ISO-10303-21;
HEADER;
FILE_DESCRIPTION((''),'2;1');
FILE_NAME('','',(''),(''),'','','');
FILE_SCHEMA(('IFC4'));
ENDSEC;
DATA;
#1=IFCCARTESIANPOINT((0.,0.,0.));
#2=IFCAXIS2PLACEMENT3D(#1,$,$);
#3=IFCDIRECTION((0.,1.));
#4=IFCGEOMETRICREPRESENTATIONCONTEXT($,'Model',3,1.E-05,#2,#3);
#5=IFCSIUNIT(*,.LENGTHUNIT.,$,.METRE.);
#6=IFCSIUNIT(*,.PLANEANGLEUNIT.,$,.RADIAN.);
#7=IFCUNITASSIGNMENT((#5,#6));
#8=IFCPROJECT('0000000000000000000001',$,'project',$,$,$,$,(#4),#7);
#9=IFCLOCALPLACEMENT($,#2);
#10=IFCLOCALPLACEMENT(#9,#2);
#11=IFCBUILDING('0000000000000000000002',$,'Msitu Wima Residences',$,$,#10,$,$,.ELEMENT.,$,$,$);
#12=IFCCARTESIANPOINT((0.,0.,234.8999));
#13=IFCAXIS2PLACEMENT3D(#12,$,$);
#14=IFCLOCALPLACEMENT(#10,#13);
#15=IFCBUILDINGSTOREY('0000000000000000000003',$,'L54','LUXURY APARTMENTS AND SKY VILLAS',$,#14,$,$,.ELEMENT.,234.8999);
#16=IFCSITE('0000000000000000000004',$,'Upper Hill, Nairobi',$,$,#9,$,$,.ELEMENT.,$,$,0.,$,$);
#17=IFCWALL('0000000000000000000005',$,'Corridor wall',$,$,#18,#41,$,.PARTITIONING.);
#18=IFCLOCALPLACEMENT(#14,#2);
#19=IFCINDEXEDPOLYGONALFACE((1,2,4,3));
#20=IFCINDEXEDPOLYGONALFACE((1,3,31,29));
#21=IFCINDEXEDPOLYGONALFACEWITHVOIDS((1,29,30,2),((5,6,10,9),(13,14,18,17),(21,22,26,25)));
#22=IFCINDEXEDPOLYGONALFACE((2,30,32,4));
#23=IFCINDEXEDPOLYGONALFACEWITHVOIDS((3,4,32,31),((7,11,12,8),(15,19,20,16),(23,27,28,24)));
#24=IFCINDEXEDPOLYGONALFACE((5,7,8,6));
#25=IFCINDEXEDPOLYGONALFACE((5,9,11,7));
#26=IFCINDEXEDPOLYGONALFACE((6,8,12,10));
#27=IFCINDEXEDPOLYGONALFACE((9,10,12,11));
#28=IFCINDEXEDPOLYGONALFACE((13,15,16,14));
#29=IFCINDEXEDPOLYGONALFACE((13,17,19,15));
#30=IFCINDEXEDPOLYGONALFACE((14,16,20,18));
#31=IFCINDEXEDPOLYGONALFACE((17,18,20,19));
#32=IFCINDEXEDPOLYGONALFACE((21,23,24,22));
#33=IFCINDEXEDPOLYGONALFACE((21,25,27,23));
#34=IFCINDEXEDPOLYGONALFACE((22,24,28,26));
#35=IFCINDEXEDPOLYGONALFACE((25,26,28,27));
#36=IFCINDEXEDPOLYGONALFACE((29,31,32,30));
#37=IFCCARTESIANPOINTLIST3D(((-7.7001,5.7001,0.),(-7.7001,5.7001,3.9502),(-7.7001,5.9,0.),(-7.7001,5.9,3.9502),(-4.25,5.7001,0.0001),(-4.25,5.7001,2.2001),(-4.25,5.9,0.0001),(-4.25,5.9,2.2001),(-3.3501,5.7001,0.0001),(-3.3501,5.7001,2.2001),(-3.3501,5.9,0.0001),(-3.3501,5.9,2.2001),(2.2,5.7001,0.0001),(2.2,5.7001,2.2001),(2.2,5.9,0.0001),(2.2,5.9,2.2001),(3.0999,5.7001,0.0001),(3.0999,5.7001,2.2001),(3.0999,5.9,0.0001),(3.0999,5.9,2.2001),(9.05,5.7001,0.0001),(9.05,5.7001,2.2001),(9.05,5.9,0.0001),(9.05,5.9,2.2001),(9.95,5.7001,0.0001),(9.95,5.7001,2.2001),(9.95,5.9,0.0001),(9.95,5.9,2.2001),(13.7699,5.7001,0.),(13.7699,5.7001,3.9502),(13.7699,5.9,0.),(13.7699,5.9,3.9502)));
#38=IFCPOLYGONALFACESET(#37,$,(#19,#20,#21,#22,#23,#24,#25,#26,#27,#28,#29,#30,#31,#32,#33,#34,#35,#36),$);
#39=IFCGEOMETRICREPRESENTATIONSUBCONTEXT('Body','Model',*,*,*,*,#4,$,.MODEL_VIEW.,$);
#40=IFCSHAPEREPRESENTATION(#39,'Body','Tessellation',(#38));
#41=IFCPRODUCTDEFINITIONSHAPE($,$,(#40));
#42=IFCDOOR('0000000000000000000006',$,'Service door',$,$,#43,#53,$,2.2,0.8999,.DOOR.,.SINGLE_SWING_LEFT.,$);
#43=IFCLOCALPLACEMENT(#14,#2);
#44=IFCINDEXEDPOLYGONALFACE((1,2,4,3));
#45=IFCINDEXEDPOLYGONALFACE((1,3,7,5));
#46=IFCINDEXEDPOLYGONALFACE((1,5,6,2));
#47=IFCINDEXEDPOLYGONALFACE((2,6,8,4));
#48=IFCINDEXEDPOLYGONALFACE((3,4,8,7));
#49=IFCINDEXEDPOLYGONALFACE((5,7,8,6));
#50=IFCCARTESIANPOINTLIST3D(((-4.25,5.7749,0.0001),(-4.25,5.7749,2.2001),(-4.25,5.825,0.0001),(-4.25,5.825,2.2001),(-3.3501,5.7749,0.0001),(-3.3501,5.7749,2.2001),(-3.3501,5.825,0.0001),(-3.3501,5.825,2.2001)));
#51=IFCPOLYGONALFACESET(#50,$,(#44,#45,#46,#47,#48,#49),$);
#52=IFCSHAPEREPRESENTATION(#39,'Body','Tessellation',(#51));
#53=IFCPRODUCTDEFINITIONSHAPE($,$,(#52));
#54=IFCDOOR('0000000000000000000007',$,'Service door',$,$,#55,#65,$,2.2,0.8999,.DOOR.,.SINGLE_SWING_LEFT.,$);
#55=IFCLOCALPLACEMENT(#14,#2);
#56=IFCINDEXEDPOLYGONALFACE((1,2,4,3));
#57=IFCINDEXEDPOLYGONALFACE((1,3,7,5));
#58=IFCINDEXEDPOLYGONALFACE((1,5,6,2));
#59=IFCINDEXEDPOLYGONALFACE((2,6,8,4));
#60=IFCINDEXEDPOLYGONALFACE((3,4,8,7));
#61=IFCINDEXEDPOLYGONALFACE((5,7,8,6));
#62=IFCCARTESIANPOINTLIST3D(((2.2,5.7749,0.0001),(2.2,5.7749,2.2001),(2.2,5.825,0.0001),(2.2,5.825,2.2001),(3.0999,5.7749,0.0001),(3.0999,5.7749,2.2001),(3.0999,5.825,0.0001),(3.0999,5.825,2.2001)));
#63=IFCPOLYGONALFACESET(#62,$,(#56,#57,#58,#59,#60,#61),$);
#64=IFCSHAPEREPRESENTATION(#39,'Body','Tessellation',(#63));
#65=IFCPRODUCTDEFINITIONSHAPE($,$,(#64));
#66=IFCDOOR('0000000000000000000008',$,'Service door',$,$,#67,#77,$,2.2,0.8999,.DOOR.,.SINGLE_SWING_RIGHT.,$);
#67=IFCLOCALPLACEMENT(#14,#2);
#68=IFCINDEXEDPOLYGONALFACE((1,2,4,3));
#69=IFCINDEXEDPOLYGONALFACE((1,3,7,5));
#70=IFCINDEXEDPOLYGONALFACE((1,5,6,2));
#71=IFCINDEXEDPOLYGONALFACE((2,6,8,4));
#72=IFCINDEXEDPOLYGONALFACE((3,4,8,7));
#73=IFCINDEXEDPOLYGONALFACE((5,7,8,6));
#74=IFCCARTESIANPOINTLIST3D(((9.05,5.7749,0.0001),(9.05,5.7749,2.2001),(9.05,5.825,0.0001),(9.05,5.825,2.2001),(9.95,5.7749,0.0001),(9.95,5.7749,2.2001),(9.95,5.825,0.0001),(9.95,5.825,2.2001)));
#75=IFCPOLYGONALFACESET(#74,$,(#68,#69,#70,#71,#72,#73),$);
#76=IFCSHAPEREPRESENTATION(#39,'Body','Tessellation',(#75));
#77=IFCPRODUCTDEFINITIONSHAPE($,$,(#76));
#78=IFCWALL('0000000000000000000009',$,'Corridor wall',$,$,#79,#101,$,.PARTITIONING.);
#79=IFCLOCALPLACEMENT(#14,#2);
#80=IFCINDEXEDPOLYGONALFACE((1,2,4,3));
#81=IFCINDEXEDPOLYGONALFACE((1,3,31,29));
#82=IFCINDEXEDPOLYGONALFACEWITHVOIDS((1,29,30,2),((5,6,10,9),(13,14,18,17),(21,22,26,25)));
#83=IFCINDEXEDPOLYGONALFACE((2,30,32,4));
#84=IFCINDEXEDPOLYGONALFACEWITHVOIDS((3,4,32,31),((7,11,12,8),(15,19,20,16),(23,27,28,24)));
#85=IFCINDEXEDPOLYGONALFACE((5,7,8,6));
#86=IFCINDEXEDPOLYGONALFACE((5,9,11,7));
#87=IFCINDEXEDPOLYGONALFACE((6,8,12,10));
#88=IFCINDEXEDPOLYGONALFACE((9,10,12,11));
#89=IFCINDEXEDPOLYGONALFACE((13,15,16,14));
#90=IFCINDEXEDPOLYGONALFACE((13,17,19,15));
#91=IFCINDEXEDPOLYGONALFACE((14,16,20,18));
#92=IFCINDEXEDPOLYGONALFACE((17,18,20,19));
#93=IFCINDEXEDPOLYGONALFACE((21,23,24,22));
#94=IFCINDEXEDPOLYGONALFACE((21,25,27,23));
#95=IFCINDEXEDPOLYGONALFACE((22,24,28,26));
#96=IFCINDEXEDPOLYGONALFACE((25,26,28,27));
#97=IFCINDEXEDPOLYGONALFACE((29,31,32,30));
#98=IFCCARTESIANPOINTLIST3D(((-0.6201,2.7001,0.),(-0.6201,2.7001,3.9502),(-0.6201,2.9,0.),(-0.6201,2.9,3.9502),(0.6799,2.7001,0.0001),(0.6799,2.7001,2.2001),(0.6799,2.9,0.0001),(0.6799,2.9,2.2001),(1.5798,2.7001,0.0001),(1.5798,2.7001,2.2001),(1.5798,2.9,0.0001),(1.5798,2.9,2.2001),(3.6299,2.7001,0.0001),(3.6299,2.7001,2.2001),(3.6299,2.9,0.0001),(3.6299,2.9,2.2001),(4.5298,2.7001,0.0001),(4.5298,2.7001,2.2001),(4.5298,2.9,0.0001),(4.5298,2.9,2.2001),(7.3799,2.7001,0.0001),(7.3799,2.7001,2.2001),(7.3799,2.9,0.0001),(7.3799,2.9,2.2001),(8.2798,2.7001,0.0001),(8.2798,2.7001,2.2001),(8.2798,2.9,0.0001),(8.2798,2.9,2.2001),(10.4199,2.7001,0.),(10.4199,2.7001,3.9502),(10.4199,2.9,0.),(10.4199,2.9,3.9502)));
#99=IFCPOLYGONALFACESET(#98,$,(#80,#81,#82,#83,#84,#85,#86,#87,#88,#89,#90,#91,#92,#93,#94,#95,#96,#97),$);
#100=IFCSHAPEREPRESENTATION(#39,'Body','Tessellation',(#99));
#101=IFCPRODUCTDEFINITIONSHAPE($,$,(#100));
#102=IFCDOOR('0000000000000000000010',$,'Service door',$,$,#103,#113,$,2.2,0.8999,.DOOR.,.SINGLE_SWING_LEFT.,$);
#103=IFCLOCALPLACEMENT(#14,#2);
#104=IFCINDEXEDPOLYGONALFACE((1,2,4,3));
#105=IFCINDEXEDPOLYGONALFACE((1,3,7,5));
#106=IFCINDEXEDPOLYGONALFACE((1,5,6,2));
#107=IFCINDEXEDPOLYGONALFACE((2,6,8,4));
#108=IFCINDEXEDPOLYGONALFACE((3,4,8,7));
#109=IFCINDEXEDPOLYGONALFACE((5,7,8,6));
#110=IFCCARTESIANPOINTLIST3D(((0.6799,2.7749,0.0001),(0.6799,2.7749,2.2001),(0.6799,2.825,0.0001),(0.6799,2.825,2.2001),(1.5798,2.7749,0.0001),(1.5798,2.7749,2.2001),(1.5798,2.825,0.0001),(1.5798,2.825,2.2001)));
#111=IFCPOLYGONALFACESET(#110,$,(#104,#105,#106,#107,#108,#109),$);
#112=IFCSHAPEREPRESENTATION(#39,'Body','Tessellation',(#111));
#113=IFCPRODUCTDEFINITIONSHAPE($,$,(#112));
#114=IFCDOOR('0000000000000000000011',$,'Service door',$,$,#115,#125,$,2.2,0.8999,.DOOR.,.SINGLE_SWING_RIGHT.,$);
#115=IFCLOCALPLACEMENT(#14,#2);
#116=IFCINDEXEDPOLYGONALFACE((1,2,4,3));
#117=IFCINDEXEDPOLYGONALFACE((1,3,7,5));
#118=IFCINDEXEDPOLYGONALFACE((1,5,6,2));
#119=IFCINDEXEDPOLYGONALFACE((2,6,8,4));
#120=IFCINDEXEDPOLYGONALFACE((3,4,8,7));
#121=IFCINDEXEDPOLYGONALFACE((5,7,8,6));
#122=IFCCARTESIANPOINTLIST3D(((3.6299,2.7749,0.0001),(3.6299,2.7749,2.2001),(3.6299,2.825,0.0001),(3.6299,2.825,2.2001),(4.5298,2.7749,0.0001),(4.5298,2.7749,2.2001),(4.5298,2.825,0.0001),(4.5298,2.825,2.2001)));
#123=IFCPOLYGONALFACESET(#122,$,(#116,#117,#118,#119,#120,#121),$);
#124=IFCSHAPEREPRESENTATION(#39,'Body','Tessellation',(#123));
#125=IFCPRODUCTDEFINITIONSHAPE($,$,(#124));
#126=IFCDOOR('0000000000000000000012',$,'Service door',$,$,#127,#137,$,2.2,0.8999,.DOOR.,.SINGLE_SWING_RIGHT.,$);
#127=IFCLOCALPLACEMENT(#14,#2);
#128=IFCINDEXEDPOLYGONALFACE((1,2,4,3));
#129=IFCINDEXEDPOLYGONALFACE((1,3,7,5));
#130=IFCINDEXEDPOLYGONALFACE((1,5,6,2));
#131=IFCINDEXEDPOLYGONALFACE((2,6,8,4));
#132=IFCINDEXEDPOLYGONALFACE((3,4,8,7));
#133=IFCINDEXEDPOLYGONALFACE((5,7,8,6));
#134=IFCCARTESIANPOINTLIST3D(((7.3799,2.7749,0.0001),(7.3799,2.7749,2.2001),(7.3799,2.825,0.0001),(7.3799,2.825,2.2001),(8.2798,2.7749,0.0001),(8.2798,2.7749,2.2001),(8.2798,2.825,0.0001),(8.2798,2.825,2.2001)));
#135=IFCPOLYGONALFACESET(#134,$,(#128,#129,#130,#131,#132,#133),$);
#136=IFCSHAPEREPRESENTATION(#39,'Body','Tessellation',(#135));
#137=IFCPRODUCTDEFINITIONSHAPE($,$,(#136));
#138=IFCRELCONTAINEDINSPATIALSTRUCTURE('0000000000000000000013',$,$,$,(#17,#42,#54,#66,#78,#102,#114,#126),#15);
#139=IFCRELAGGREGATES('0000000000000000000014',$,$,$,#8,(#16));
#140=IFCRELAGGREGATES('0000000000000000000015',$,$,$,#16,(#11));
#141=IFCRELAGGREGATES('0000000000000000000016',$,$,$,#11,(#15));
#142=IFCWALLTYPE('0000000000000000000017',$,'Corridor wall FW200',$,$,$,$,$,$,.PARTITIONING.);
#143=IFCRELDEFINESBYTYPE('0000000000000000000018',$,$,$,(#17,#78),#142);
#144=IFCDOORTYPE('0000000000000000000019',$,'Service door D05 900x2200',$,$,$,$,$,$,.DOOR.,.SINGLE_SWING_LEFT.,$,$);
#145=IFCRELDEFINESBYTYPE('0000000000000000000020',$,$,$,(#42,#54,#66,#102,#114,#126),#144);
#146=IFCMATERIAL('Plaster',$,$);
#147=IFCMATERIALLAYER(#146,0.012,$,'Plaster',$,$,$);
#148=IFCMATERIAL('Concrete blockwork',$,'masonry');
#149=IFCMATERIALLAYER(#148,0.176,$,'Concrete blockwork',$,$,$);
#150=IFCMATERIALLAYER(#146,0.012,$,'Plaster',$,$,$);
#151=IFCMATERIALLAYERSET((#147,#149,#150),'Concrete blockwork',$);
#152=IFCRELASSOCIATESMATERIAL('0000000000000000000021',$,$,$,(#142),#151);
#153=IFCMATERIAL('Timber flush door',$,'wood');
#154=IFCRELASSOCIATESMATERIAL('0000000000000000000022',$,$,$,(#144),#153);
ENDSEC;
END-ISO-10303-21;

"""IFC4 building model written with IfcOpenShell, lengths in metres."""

from ifc_helpers import new_model, si_unit, direction, frame, frame_2d, origin, place, context, subcontext, project, spatial, rectangle, extrude, material, layer, layer_set, type_object, element, fill, save


model = new_model("IFC4")

# Units and contexts
model_context = context("Model", 3, precision=1e-05, world=origin(), true_north=direction((0.0, 1.0)))
body_context = subcontext(model_context, "Body", "Model", "MODEL_VIEW")
ifc_project = project(units=[si_unit("LENGTHUNIT", "METRE"), si_unit("PLANEANGLEUNIT", "RADIAN")], contexts=[model_context])

# Site, building, storey
site_placement = place(None, origin())
site = spatial("IfcSite", under=ifc_project, at=site_placement, Name="Upper Hill, Nairobi", CompositionType="ELEMENT", RefElevation=0.0)
building_placement = place(site_placement, origin())
building = spatial("IfcBuilding", under=site, at=building_placement, Name="Msitu Wima Residences", CompositionType="ELEMENT")
storey_placement = place(building_placement, frame((0.0, 0.0, 234.8999)))
storey = spatial("IfcBuildingStorey", under=building, at=storey_placement, Name="L54", Description="LUXURY APARTMENTS AND SKY VILLAS", CompositionType="ELEMENT", Elevation=234.8999)

# Shared definitions
ifc_material_1 = material(Name="Plaster")
ifc_layer_1 = layer(ifc_material_1, 0.012, Name="Plaster")
ifc_material_2 = material(Name="Concrete blockwork", Category="masonry")
ifc_layer_2 = layer(ifc_material_2, 0.176, Name="Concrete blockwork")
ifc_layer_3 = layer(ifc_material_1, 0.012, Name="Plaster")
ifc_layer_set_1 = layer_set([ifc_layer_1, ifc_layer_2, ifc_layer_3], Name="Concrete blockwork")
wall_type_1 = type_object("IfcWallType", Name="Corridor wall FW200", PredefinedType="PARTITIONING", material=ifc_layer_set_1)
ifc_material_3 = material(Name="Timber flush door", Category="wood")
door_type_1 = type_object("IfcDoorType", Name="Service door D05 900x2200", OperationType="SINGLE_SWING_LEFT", PredefinedType="DOOR", material=ifc_material_3)

# Walls, openings, doors
wall_1_placement = place(storey_placement, frame((-7.7, 5.8, 0.0), z_axis=(0.0, 0.0, 1.0), x_axis=(1.0, 0.0, 0.0)))
wall_1 = element("IfcWall", 1, at=wall_1_placement, inside=storey, type_object=wall_type_1, Name="Corridor wall", PredefinedType="PARTITIONING", context=body_context, shape_type="SweptSolid", body=[
    extrude(rectangle(XDim=21.47, YDim=0.2, at=frame_2d((10.7349, 0.0))), origin(), (0.0, 0.0, 1.0), 3.9502),
])
opening_1_placement = place(wall_1_placement, frame((3.45, 0.0, 0.0)))
opening_1 = element("IfcOpeningElement", 2, at=opening_1_placement, cuts=wall_1, PredefinedType="OPENING", context=body_context, shape_type="SweptSolid", body=[
    extrude(rectangle(XDim=0.8999, YDim=2.2, at=frame_2d((0.45, 1.1001))), frame((0.0, 0.1099, 0.0), z_axis=(0.0, -1.0, 0.0), x_axis=(1.0, 0.0, 0.0)), (0.0, 0.0, 1.0), 0.22),
])
opening_2_placement = place(wall_1_placement, frame((9.8999, 0.0, 0.0)))
opening_2 = element("IfcOpeningElement", 3, at=opening_2_placement, cuts=wall_1, PredefinedType="OPENING", context=body_context, shape_type="SweptSolid", body=[
    extrude(rectangle(XDim=0.8999, YDim=2.2, at=frame_2d((0.45, 1.1001))), frame((0.0, 0.1099, 0.0), z_axis=(0.0, -1.0, 0.0), x_axis=(1.0, 0.0, 0.0)), (0.0, 0.0, 1.0), 0.22),
])
opening_3_placement = place(wall_1_placement, frame((16.75, 0.0, 0.0)))
opening_3 = element("IfcOpeningElement", 4, at=opening_3_placement, cuts=wall_1, PredefinedType="OPENING", context=body_context, shape_type="SweptSolid", body=[
    extrude(rectangle(XDim=0.8999, YDim=2.2, at=frame_2d((0.45, 1.1001))), frame((0.0, 0.1099, 0.0), z_axis=(0.0, -1.0, 0.0), x_axis=(1.0, 0.0, 0.0)), (0.0, 0.0, 1.0), 0.22),
])
door_1_placement = place(opening_1_placement, origin())
door_1 = element("IfcDoor", 5, at=door_1_placement, inside=storey, type_object=door_type_1, Name="Service door", OperationType="SINGLE_SWING_LEFT", OverallHeight=2.2, OverallWidth=0.8999, PredefinedType="DOOR", context=body_context, shape_type="SweptSolid", body=[
    extrude(rectangle(XDim=0.8999, YDim=2.2, at=frame_2d((0.45, 1.1001))), frame((0.0, 0.0249, 0.0), z_axis=(0.0, -1.0, 0.0), x_axis=(1.0, 0.0, 0.0)), (0.0, 0.0, 1.0), 0.05),
])
fill(opening_1, door_1)
door_2_placement = place(opening_2_placement, origin())
door_2 = element("IfcDoor", 6, at=door_2_placement, inside=storey, type_object=door_type_1, Name="Service door", OperationType="SINGLE_SWING_LEFT", OverallHeight=2.2, OverallWidth=0.8999, PredefinedType="DOOR", context=body_context, shape_type="SweptSolid", body=[
    extrude(rectangle(XDim=0.8999, YDim=2.2, at=frame_2d((0.45, 1.1001))), frame((0.0, 0.0249, 0.0), z_axis=(0.0, -1.0, 0.0), x_axis=(1.0, 0.0, 0.0)), (0.0, 0.0, 1.0), 0.05),
])
fill(opening_2, door_2)
door_3_placement = place(opening_3_placement, origin())
door_3 = element("IfcDoor", 7, at=door_3_placement, inside=storey, type_object=door_type_1, Name="Service door", OperationType="SINGLE_SWING_RIGHT", OverallHeight=2.2, OverallWidth=0.8999, PredefinedType="DOOR", context=body_context, shape_type="SweptSolid", body=[
    extrude(rectangle(XDim=0.8999, YDim=2.2, at=frame_2d((0.45, 1.1001))), frame((0.0, 0.0249, 0.0), z_axis=(0.0, -1.0, 0.0), x_axis=(1.0, 0.0, 0.0)), (0.0, 0.0, 1.0), 0.05),
])
fill(opening_3, door_3)
wall_2_placement = place(storey_placement, frame((-0.6201, 2.8, 0.0), z_axis=(0.0, 0.0, 1.0), x_axis=(1.0, 0.0, 0.0)))
wall_2 = element("IfcWall", 8, at=wall_2_placement, inside=storey, type_object=wall_type_1, Name="Corridor wall", PredefinedType="PARTITIONING", context=body_context, shape_type="SweptSolid", body=[
    extrude(rectangle(XDim=11.04, YDim=0.2, at=frame_2d((5.52, 0.0))), origin(), (0.0, 0.0, 1.0), 3.9502),
])
opening_4_placement = place(wall_2_placement, frame((1.3, 0.0, 0.0)))
opening_4 = element("IfcOpeningElement", 9, at=opening_4_placement, cuts=wall_2, PredefinedType="OPENING", context=body_context, shape_type="SweptSolid", body=[
    extrude(rectangle(XDim=0.8999, YDim=2.2, at=frame_2d((0.45, 1.1001))), frame((0.0, 0.1099, 0.0), z_axis=(0.0, -1.0, 0.0), x_axis=(1.0, 0.0, 0.0)), (0.0, 0.0, 1.0), 0.22),
])
opening_5_placement = place(wall_2_placement, frame((4.25, 0.0, 0.0)))
opening_5 = element("IfcOpeningElement", 10, at=opening_5_placement, cuts=wall_2, PredefinedType="OPENING", context=body_context, shape_type="SweptSolid", body=[
    extrude(rectangle(XDim=0.8999, YDim=2.2, at=frame_2d((0.45, 1.1001))), frame((0.0, 0.1099, 0.0), z_axis=(0.0, -1.0, 0.0), x_axis=(1.0, 0.0, 0.0)), (0.0, 0.0, 1.0), 0.22),
])
opening_6_placement = place(wall_2_placement, frame((8.0, 0.0, 0.0)))
opening_6 = element("IfcOpeningElement", 11, at=opening_6_placement, cuts=wall_2, PredefinedType="OPENING", context=body_context, shape_type="SweptSolid", body=[
    extrude(rectangle(XDim=0.8999, YDim=2.2, at=frame_2d((0.45, 1.1001))), frame((0.0, 0.1099, 0.0), z_axis=(0.0, -1.0, 0.0), x_axis=(1.0, 0.0, 0.0)), (0.0, 0.0, 1.0), 0.22),
])
door_4_placement = place(opening_4_placement, origin())
door_4 = element("IfcDoor", 12, at=door_4_placement, inside=storey, type_object=door_type_1, Name="Service door", OperationType="SINGLE_SWING_LEFT", OverallHeight=2.2, OverallWidth=0.8999, PredefinedType="DOOR", context=body_context, shape_type="SweptSolid", body=[
    extrude(rectangle(XDim=0.8999, YDim=2.2, at=frame_2d((0.45, 1.1001))), frame((0.0, 0.0249, 0.0), z_axis=(0.0, -1.0, 0.0), x_axis=(1.0, 0.0, 0.0)), (0.0, 0.0, 1.0), 0.05),
])
fill(opening_4, door_4)
door_5_placement = place(opening_5_placement, origin())
door_5 = element("IfcDoor", 13, at=door_5_placement, inside=storey, type_object=door_type_1, Name="Service door", OperationType="SINGLE_SWING_RIGHT", OverallHeight=2.2, OverallWidth=0.8999, PredefinedType="DOOR", context=body_context, shape_type="SweptSolid", body=[
    extrude(rectangle(XDim=0.8999, YDim=2.2, at=frame_2d((0.45, 1.1001))), frame((0.0, 0.0249, 0.0), z_axis=(0.0, -1.0, 0.0), x_axis=(1.0, 0.0, 0.0)), (0.0, 0.0, 1.0), 0.05),
])
fill(opening_5, door_5)
door_6_placement = place(opening_6_placement, origin())
door_6 = element("IfcDoor", 14, at=door_6_placement, inside=storey, type_object=door_type_1, Name="Service door", OperationType="SINGLE_SWING_RIGHT", OverallHeight=2.2, OverallWidth=0.8999, PredefinedType="DOOR", context=body_context, shape_type="SweptSolid", body=[
    extrude(rectangle(XDim=0.8999, YDim=2.2, at=frame_2d((0.45, 1.1001))), frame((0.0, 0.0249, 0.0), z_axis=(0.0, -1.0, 0.0), x_axis=(1.0, 0.0, 0.0)), (0.0, 0.0, 1.0), 0.05),
])
fill(opening_6, door_6)

save(model, "model.ifc")
